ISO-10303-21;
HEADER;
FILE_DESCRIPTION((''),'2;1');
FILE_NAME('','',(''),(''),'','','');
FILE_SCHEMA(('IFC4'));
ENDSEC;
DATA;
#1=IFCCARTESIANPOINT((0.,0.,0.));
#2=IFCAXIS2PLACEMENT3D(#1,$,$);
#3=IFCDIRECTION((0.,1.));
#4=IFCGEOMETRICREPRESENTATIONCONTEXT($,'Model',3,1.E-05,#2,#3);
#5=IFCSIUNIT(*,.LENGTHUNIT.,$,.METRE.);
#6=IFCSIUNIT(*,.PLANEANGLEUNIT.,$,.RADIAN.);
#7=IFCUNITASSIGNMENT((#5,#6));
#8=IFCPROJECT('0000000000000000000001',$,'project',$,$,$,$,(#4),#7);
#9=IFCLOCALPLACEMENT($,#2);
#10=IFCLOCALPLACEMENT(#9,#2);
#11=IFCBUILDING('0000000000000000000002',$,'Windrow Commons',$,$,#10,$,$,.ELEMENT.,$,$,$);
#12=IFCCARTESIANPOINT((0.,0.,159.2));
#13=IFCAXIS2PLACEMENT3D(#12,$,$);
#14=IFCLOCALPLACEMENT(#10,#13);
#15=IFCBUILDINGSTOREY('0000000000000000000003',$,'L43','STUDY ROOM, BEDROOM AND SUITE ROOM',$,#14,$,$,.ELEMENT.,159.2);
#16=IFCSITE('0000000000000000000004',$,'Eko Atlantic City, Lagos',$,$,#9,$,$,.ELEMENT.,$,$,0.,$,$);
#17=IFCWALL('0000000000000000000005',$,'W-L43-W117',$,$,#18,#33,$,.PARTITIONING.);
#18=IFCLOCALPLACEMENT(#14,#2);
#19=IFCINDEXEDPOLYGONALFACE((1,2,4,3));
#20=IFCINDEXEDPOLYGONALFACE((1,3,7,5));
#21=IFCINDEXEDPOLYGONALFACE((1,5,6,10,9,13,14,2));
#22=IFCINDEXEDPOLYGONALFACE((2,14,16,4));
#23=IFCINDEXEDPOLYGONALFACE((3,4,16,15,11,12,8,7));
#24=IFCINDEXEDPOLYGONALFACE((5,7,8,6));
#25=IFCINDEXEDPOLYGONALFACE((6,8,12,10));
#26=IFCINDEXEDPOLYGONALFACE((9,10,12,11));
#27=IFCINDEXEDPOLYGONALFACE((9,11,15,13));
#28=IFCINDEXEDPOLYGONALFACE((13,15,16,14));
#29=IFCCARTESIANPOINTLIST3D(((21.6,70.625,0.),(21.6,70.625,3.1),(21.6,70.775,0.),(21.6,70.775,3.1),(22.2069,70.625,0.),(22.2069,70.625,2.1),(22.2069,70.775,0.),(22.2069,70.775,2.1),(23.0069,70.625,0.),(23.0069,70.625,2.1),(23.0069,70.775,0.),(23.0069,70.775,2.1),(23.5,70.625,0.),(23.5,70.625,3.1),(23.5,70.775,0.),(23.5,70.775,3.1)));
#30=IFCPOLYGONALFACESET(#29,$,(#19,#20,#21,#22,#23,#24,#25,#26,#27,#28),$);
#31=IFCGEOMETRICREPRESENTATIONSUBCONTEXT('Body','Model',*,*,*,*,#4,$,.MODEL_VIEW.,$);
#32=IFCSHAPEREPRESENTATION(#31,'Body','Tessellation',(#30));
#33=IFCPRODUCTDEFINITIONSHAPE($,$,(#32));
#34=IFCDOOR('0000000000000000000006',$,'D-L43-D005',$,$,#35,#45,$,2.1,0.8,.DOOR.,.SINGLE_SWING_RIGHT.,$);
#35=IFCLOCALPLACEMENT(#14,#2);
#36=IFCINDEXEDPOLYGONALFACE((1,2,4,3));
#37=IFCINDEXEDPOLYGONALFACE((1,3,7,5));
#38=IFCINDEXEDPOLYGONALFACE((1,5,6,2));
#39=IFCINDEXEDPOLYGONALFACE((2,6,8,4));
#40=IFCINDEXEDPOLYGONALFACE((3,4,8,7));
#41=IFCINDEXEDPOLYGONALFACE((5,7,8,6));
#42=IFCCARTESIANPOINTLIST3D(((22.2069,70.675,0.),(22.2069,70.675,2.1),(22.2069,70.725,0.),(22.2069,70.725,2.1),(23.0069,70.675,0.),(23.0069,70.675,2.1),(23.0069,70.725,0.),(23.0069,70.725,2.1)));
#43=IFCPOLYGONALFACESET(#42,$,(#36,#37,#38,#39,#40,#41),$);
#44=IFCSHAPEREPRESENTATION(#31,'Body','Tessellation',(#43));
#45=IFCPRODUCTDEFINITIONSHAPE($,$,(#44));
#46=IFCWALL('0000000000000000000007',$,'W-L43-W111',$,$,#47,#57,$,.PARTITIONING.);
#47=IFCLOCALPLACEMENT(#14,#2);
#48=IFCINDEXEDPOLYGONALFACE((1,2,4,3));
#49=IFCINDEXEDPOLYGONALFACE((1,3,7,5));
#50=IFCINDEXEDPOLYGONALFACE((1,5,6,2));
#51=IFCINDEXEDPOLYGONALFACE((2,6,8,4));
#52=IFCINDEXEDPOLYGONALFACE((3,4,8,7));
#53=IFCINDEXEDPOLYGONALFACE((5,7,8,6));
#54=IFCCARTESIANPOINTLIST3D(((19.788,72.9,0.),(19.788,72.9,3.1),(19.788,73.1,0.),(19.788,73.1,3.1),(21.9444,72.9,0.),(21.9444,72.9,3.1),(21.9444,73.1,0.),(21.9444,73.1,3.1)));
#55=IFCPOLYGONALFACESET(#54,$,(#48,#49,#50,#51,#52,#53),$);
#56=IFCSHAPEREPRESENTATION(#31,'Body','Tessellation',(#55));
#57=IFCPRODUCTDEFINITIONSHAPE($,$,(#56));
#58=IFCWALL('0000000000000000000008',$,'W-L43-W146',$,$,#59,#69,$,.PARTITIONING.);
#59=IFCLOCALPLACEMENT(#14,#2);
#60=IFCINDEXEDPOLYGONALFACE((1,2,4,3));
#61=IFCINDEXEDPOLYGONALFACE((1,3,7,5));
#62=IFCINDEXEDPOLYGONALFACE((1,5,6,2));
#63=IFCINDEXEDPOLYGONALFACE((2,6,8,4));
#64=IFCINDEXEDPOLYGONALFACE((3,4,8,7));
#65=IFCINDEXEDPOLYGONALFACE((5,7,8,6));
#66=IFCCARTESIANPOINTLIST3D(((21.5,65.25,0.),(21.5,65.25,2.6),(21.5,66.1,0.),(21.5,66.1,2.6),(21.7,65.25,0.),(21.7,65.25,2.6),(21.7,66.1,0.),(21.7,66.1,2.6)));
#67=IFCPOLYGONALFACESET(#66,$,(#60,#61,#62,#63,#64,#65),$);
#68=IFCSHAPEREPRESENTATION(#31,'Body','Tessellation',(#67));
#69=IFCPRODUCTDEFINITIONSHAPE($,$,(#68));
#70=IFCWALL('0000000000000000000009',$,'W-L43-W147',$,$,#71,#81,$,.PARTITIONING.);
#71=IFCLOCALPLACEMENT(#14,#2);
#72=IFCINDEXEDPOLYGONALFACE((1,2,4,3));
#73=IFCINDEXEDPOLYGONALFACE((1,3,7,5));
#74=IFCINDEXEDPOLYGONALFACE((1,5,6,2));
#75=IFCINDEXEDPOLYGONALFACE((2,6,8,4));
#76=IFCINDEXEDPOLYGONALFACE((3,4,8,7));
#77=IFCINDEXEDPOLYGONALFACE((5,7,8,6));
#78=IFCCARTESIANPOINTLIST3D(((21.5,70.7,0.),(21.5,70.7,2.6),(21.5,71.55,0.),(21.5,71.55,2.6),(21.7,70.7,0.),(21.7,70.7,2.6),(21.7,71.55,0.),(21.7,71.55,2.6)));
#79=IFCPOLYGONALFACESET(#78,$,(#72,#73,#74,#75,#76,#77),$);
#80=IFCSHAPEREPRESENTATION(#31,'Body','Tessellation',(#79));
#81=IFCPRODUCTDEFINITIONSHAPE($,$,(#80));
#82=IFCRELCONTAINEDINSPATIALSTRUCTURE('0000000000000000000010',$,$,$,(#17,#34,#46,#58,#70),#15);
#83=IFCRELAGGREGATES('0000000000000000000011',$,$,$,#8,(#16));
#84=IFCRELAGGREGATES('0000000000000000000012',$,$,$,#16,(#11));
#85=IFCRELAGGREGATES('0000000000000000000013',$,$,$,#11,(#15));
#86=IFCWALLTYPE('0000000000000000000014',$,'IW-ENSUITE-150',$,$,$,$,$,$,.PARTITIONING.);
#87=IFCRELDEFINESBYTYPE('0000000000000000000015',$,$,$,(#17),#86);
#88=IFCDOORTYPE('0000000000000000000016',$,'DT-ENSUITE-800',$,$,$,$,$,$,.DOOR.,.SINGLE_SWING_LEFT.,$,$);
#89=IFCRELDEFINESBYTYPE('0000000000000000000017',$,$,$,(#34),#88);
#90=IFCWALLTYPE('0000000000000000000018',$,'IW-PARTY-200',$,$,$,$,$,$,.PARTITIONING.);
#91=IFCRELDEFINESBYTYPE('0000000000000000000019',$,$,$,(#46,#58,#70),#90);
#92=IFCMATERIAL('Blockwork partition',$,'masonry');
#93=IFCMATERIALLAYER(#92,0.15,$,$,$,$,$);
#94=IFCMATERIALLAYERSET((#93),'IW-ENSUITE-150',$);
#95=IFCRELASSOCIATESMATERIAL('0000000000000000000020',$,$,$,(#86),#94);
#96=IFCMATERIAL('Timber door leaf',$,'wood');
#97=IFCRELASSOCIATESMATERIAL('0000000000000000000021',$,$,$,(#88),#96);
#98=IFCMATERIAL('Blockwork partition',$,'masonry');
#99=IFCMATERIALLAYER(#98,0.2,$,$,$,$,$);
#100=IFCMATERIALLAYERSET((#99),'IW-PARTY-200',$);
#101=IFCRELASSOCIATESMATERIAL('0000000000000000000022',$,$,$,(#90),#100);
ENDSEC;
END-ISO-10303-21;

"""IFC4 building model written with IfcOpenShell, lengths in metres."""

from ifc_helpers import new_model, si_unit, direction, frame, frame_2d, origin, place, context, subcontext, project, spatial, rectangle, extrude, material, layer, layer_set, type_object, element, fill, save


model = new_model("IFC4")

# Units and contexts
model_context = context("Model", 3, precision=1e-05, world=origin(), true_north=direction((0.0, 1.0)))
body_context = subcontext(model_context, "Body", "Model", "MODEL_VIEW")
ifc_project = project(units=[si_unit("LENGTHUNIT", "METRE"), si_unit("PLANEANGLEUNIT", "RADIAN")], contexts=[model_context])

# Site, building, storey
site_placement = place(None, origin())
site = spatial("IfcSite", under=ifc_project, at=site_placement, Name="Eko Atlantic City, Lagos", CompositionType="ELEMENT", RefElevation=0.0)
building_placement = place(site_placement, origin())
building = spatial("IfcBuilding", under=site, at=building_placement, Name="Windrow Commons", CompositionType="ELEMENT")
storey_placement = place(building_placement, frame((0.0, 0.0, 159.2)))
storey = spatial("IfcBuildingStorey", under=building, at=storey_placement, Name="L43", Description="STUDY ROOM, BEDROOM AND SUITE ROOM", CompositionType="ELEMENT", Elevation=159.2)

# Shared definitions
ifc_material_1 = material(Name="Blockwork partition", Category="masonry")
ifc_layer_1 = layer(ifc_material_1, 0.15)
ifc_layer_set_1 = layer_set([ifc_layer_1], Name="IW-ENSUITE-150")
wall_type_1 = type_object("IfcWallType", Name="IW-ENSUITE-150", PredefinedType="PARTITIONING", material=ifc_layer_set_1)

# Wall, opening, door
wall_1_placement = place(storey_placement, frame((21.6, 70.7, 0.0), z_axis=(0.0, 0.0, 1.0), x_axis=(1.0, 0.0, 0.0)))
wall_1 = element("IfcWall", 1, at=wall_1_placement, inside=storey, type_object=wall_type_1, Name="W-L43-W117", PredefinedType="PARTITIONING", context=body_context, shape_type="SweptSolid", body=[
    extrude(rectangle(XDim=1.9, YDim=0.15, at=frame_2d((0.95, 0.0))), origin(), (0.0, 0.0, 1.0), 3.1),
])
opening_1_placement = place(wall_1_placement, frame((0.6069, 0.0, 0.0)))
opening_1 = element("IfcOpeningElement", 2, at=opening_1_placement, cuts=wall_1, PredefinedType="OPENING", context=body_context, shape_type="SweptSolid", body=[
    extrude(rectangle(XDim=0.8, YDim=2.1, at=frame_2d((0.4, 1.05))), frame((0.0, 0.085, 0.0), z_axis=(0.0, -1.0, 0.0), x_axis=(1.0, 0.0, 0.0)), (0.0, 0.0, 1.0), 0.17),
])
ifc_material_2 = material(Name="Timber door leaf", Category="wood")
door_type_1 = type_object("IfcDoorType", Name="DT-ENSUITE-800", OperationType="SINGLE_SWING_LEFT", PredefinedType="DOOR", material=ifc_material_2)
door_1_placement = place(opening_1_placement, origin())
door_1 = element("IfcDoor", 3, at=door_1_placement, inside=storey, type_object=door_type_1, Name="D-L43-D005", OperationType="SINGLE_SWING_RIGHT", OverallHeight=2.1, OverallWidth=0.8, PredefinedType="DOOR", context=body_context, shape_type="SweptSolid", body=[
    extrude(rectangle(XDim=0.8, YDim=2.1, at=frame_2d((0.4, 1.05))), frame((0.0, 0.025, 0.0), z_axis=(0.0, -1.0, 0.0), x_axis=(1.0, 0.0, 0.0)), (0.0, 0.0, 1.0), 0.05),
])
fill(opening_1, door_1)

# Walls
ifc_material_3 = material(Name="Blockwork partition", Category="masonry")
ifc_layer_2 = layer(ifc_material_3, 0.2)
ifc_layer_set_2 = layer_set([ifc_layer_2], Name="IW-PARTY-200")
wall_type_2 = type_object("IfcWallType", Name="IW-PARTY-200", PredefinedType="PARTITIONING", material=ifc_layer_set_2)
wall_2_placement = place(storey_placement, frame((19.788, 73.0, 0.0), z_axis=(0.0, 0.0, 1.0), x_axis=(1.0, 0.0, 0.0)))
element("IfcWall", 4, at=wall_2_placement, inside=storey, type_object=wall_type_2, Name="W-L43-W111", PredefinedType="PARTITIONING", context=body_context, shape_type="SweptSolid", body=[
    extrude(rectangle(XDim=2.1564, YDim=0.2, at=frame_2d((1.0782, 0.0))), origin(), (0.0, 0.0, 1.0), 3.1),
])
for number, where, z_axis, x_axis, name in (
    (5, (21.6, 65.25, 0.0), (0.0, 0.0, 1.0), (0.0, 1.0, 0.0), "W-L43-W146"),
    (6, (21.6, 70.7, 0.0), (0.0, 0.0, 1.0), (0.0, 1.0, 0.0), "W-L43-W147"),
):
    element("IfcWall", number, at=place(storey_placement, frame(where, z_axis=z_axis, x_axis=x_axis)), inside=storey, type_object=wall_type_2, Name=name, PredefinedType="PARTITIONING", context=body_context, shape_type="SweptSolid", body=[
        extrude(rectangle(XDim=0.85, YDim=0.2, at=frame_2d((0.425, 0.0))), origin(), (0.0, 0.0, 1.0), 2.6),
    ])

save(model, "model.ifc")
